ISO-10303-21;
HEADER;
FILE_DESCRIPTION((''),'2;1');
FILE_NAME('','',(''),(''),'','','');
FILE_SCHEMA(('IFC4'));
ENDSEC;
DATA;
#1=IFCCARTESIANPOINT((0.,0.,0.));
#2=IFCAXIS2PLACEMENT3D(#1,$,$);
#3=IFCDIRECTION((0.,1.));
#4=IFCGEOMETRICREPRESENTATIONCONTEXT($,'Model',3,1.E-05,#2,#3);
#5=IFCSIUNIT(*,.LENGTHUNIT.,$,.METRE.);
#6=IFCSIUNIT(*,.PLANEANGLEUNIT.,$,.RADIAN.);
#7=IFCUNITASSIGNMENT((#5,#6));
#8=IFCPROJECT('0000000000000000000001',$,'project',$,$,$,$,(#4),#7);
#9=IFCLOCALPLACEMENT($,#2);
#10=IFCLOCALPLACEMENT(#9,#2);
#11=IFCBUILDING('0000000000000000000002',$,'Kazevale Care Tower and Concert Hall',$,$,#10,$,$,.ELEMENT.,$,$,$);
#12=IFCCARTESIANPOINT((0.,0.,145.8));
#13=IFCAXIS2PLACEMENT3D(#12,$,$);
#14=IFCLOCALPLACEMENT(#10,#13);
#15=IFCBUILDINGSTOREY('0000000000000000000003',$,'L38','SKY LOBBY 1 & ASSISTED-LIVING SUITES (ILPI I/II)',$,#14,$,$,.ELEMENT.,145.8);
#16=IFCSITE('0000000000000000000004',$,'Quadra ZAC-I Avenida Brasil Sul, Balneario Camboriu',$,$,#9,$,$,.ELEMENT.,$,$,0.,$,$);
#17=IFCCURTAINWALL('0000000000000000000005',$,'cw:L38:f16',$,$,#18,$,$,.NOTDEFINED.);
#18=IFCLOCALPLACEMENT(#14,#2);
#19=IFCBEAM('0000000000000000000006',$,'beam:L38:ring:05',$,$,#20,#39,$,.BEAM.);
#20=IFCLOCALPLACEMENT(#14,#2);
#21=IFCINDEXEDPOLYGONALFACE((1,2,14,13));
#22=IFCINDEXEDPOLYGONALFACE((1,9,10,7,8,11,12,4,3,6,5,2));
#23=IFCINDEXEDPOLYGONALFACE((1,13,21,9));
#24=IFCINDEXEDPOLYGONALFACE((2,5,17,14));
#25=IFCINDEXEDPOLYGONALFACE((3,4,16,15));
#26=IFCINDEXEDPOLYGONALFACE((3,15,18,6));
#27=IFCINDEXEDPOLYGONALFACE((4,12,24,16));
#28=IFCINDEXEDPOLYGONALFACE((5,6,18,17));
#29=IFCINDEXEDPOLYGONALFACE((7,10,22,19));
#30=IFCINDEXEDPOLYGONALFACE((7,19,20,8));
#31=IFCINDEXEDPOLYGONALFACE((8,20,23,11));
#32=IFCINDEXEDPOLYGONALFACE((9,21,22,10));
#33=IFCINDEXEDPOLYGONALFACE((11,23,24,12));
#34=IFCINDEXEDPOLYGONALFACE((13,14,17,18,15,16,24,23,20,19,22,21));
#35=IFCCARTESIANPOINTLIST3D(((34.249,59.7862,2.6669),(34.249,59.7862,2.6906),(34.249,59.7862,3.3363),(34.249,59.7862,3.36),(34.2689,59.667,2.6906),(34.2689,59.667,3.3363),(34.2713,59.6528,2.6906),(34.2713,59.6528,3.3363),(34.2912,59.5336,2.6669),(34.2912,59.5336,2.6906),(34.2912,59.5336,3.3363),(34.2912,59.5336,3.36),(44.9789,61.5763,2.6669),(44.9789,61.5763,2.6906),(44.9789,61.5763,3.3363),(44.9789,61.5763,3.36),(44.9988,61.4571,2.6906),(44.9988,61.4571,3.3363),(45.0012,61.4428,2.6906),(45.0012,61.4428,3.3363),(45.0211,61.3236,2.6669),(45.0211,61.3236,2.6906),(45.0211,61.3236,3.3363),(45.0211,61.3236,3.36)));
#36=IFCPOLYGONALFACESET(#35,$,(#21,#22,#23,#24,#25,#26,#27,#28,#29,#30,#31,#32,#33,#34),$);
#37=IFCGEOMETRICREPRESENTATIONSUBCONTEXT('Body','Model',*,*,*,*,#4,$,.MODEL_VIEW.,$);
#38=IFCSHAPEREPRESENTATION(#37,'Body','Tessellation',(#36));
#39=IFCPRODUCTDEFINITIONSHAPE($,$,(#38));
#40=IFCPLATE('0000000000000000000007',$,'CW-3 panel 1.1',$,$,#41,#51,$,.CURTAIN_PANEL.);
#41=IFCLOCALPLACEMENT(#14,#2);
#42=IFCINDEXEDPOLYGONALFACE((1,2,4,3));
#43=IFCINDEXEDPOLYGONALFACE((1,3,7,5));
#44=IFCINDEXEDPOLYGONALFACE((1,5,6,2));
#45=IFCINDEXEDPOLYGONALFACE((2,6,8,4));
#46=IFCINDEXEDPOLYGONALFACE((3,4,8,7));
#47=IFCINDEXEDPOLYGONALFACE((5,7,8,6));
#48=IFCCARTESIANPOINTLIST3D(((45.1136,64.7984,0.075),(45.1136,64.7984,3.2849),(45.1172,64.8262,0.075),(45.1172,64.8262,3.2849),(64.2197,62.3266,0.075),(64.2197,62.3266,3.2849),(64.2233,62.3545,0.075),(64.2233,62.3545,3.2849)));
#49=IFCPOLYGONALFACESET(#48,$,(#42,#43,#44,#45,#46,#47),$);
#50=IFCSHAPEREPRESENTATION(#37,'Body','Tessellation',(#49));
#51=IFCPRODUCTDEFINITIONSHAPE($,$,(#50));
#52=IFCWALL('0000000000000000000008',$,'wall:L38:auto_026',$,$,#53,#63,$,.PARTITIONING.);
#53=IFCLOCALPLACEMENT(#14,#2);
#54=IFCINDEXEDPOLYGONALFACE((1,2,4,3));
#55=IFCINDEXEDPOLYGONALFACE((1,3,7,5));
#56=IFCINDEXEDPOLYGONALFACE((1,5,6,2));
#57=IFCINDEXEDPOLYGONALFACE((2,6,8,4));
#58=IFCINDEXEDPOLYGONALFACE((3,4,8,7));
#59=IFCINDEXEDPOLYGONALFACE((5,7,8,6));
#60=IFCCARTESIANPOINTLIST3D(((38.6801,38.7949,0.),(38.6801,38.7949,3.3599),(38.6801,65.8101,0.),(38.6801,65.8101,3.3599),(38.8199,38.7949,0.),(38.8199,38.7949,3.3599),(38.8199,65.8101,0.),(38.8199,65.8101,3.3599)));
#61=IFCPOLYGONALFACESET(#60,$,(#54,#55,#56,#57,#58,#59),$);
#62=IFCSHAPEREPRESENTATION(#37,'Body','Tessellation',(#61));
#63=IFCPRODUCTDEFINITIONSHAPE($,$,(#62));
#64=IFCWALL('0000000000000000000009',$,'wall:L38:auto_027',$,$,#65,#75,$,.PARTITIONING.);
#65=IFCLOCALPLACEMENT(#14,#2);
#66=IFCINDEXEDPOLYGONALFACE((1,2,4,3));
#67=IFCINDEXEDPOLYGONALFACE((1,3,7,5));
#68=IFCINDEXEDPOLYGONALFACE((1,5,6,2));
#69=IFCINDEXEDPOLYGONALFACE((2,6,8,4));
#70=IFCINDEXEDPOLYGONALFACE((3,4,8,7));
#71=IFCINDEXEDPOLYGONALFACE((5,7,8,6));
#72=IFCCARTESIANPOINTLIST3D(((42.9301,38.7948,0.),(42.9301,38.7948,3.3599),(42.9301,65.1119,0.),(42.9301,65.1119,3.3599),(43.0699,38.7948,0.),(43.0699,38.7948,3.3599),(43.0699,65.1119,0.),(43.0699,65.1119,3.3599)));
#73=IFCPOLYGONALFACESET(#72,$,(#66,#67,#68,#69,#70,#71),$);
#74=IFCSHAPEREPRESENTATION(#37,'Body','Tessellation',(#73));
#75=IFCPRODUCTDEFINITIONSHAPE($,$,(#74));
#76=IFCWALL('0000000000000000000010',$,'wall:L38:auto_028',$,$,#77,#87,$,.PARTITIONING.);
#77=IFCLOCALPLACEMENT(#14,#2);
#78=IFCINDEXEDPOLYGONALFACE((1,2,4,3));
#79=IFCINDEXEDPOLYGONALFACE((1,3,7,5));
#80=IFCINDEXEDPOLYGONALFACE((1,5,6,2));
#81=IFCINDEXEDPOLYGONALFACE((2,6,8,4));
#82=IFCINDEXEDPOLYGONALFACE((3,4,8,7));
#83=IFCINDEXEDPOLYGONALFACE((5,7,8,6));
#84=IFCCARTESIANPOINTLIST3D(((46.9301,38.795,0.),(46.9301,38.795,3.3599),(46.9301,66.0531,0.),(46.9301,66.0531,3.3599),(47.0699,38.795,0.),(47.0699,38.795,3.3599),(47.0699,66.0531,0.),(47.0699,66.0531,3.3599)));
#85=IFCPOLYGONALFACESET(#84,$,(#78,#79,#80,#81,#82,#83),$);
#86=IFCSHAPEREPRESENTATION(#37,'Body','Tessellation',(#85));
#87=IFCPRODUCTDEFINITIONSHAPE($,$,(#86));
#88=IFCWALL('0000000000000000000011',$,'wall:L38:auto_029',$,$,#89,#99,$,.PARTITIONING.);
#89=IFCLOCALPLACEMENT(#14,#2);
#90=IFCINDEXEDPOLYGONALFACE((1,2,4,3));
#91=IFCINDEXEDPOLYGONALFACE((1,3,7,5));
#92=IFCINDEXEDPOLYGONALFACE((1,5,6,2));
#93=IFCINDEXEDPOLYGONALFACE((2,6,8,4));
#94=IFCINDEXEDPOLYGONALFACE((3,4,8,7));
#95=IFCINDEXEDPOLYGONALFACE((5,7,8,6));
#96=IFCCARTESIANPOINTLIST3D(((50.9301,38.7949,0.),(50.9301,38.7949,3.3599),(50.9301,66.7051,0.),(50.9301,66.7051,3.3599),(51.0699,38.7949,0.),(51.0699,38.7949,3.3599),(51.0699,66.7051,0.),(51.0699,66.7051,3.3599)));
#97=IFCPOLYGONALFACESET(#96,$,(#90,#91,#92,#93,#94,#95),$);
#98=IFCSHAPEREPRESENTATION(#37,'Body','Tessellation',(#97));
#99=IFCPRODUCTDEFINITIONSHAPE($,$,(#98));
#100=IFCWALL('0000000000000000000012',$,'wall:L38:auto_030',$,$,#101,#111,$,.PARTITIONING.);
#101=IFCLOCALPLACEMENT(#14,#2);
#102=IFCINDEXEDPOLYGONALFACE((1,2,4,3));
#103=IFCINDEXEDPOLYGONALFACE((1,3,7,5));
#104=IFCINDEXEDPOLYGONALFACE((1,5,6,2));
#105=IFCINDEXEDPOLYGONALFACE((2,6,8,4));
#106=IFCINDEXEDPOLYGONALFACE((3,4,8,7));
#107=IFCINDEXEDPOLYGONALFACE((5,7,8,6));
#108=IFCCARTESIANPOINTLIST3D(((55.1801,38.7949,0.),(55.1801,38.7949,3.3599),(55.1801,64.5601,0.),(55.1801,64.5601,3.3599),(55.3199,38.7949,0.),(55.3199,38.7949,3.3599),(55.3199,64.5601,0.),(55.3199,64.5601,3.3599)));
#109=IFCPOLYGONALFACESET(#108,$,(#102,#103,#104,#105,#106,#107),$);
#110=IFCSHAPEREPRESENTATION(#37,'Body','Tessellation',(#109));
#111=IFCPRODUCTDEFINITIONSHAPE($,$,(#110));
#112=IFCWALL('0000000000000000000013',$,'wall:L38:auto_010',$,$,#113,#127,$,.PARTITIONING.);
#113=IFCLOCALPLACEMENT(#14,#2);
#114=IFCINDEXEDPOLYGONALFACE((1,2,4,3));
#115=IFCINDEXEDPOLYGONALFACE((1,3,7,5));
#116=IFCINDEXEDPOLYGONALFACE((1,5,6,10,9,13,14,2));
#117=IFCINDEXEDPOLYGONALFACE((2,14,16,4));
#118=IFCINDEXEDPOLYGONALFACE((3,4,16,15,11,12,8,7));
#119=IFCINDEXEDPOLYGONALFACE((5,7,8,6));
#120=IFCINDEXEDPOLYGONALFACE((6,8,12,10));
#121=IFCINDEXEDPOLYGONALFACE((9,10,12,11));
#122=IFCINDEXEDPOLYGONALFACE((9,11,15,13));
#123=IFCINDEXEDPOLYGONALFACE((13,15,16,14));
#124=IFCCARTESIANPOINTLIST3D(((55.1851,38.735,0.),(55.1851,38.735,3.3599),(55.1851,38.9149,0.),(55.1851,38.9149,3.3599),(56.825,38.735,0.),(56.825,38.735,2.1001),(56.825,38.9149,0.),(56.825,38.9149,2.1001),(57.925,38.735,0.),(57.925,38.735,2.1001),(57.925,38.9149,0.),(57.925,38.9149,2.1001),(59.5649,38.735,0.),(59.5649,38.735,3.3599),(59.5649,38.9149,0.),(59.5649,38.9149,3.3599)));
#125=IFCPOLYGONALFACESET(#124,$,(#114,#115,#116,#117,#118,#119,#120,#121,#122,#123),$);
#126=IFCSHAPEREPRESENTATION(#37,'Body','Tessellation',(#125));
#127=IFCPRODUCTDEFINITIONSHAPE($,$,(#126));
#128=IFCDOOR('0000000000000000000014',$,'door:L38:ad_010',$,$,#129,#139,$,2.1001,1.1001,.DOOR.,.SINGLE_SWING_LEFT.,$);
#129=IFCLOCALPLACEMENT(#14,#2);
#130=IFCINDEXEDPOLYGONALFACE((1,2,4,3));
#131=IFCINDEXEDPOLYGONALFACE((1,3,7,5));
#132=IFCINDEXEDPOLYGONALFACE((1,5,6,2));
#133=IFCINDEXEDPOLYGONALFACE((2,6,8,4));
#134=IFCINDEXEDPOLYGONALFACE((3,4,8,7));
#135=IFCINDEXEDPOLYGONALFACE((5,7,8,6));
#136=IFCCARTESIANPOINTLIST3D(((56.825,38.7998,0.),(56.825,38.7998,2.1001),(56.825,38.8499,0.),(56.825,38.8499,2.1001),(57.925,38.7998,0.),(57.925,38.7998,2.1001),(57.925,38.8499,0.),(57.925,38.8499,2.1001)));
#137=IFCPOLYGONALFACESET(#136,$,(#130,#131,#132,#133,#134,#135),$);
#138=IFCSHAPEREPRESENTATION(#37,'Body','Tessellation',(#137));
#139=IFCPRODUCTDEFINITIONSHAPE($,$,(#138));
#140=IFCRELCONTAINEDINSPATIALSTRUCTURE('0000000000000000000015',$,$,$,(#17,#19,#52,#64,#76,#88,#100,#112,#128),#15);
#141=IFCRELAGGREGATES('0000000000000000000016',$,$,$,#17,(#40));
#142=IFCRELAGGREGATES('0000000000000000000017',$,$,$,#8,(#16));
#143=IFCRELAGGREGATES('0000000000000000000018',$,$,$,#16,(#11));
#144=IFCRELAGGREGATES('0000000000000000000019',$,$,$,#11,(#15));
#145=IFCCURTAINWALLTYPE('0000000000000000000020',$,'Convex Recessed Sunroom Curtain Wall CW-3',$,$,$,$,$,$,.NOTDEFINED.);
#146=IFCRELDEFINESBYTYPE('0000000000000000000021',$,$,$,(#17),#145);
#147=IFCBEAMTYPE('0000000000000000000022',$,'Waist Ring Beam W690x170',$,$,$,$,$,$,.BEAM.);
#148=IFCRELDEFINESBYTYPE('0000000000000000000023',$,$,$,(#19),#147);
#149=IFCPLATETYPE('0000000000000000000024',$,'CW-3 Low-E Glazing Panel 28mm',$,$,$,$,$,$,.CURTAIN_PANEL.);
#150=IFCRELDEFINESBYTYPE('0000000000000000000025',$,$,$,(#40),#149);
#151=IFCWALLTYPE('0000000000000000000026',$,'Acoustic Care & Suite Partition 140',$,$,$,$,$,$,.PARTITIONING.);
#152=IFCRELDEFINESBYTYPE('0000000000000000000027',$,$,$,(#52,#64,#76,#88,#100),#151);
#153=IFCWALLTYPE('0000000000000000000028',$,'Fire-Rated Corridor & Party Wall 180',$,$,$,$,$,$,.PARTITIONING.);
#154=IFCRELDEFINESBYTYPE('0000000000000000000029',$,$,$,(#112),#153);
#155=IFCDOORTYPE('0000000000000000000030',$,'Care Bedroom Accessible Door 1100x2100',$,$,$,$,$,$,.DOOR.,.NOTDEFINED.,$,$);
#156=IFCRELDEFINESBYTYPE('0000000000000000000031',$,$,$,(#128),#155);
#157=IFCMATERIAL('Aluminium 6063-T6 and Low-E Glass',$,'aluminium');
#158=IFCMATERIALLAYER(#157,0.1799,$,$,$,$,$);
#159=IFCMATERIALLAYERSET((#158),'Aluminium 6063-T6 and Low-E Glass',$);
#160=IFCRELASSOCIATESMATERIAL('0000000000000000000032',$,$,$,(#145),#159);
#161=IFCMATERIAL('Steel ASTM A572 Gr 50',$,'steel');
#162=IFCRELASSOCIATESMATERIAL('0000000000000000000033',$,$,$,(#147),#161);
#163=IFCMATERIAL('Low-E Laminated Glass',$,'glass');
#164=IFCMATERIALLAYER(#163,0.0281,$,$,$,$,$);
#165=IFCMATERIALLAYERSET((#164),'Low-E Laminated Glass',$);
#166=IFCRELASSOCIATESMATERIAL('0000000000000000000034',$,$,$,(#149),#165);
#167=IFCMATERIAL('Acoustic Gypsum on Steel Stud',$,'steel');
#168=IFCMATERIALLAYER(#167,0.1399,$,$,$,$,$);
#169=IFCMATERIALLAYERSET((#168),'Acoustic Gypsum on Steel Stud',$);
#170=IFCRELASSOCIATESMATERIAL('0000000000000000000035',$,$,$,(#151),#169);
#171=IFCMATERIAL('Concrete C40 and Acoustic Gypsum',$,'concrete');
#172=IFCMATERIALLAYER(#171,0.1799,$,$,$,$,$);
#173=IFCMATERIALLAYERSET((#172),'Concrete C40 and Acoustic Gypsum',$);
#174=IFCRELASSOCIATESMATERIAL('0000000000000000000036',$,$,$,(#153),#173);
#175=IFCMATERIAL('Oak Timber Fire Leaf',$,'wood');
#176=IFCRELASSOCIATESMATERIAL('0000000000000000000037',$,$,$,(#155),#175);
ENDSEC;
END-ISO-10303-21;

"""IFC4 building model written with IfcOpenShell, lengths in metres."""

from ifc_helpers import new_model, si_unit, direction, frame, frame_2d, origin, origin_2d, place, context, subcontext, project, spatial, rectangle, i_section, extrude, material, layer, layer_set, material_profile, profile_set, type_object, element, fill, aggregate, save


model = new_model("IFC4")

# Units and contexts
model_context = context("Model", 3, precision=1e-05, world=origin(), true_north=direction((0.0, 1.0)))
body_context = subcontext(model_context, "Body", "Model", "MODEL_VIEW")
ifc_project = project(units=[si_unit("LENGTHUNIT", "METRE"), si_unit("PLANEANGLEUNIT", "RADIAN")], contexts=[model_context])

# Site, building, storey
site_placement = place(None, origin())
site = spatial("IfcSite", under=ifc_project, at=site_placement, Name="Quadra ZAC-I Avenida Brasil Sul, Balneario Camboriu", CompositionType="ELEMENT", RefElevation=0.0)
building_placement = place(site_placement, origin())
building = spatial("IfcBuilding", under=site, at=building_placement, Name="Kazevale Care Tower and Concert Hall", CompositionType="ELEMENT")
storey_placement = place(building_placement, frame((0.0, 0.0, 145.8)))
storey = spatial("IfcBuildingStorey", under=building, at=storey_placement, Name="L38", Description="SKY LOBBY 1 & ASSISTED-LIVING SUITES (ILPI I/II)", CompositionType="ELEMENT", Elevation=145.8)

# Curtain wall
ifc_material_1 = material(Name="Aluminium 6063-T6 and Low-E Glass", Category="aluminium")
ifc_layer_1 = layer(ifc_material_1, 0.1799)
ifc_layer_set_1 = layer_set([ifc_layer_1], Name="Aluminium 6063-T6 and Low-E Glass")
curtain_wall_type = type_object("IfcCurtainWallType", Name="Convex Recessed Sunroom Curtain Wall CW-3", PredefinedType="NOTDEFINED", material=ifc_layer_set_1)
curtain_wall_placement = place(storey_placement, origin())
curtain_wall = element("IfcCurtainWall", 1, at=curtain_wall_placement, inside=storey, type_object=curtain_wall_type, Name="cw:L38:f16", PredefinedType="NOTDEFINED")

# Beam
ifc_material_2 = material(Name="Steel ASTM A572 Gr 50", Category="steel")
ifc_material_profile_1 = material_profile(ifc_material_2, i_section(OverallWidth=0.2561, OverallDepth=0.6931, WebThickness=0.0144, FlangeThickness=0.0237, at=origin_2d()), Name="W690x170")
ifc_profile_set_1 = profile_set([ifc_material_profile_1], Name="Steel ASTM A572 Gr 50")
beam_type_1 = type_object("IfcBeamType", Name="Waist Ring Beam W690x170", PredefinedType="BEAM", material=ifc_profile_set_1)
beam_1_placement = place(storey_placement, frame((45.0, 61.45, 3.0134), z_axis=(-0.986368, -0.164552, 0.0), x_axis=(0.164552, -0.986368, 0.0)))
element("IfcBeam", 2, at=beam_1_placement, inside=storey, type_object=beam_type_1, Name="beam:L38:ring:05", PredefinedType="BEAM", context=body_context, shape_type="SweptSolid", body=[
    extrude(i_section(OverallWidth=0.2561, OverallDepth=0.6931, WebThickness=0.0144, FlangeThickness=0.0237, at=origin_2d()), origin(), (0.0, 0.0, 1.0), 10.8782),
])

# Plate
ifc_material_3 = material(Name="Low-E Laminated Glass", Category="glass")
ifc_layer_2 = layer(ifc_material_3, 0.0281)
ifc_layer_set_2 = layer_set([ifc_layer_2], Name="Low-E Laminated Glass")
plate_type = type_object("IfcPlateType", Name="CW-3 Low-E Glazing Panel 28mm", PredefinedType="CURTAIN_PANEL", material=ifc_layer_set_2)
plate_placement = place(storey_placement, frame((54.6685, 63.5764, 0.075), z_axis=(0.0, 0.0, 1.0), x_axis=(0.991735, -0.1283, 0.0)))
plate = element("IfcPlate", 3, at=plate_placement, type_object=plate_type, Name="CW-3 panel 1.1", PredefinedType="CURTAIN_PANEL", context=body_context, shape_type="SweptSolid", body=[
    extrude(rectangle(XDim=19.2654, YDim=0.0281, at=origin_2d()), origin(), (0.0, 0.0, 1.0), 3.21),
])
aggregate(curtain_wall, [plate])

# Walls
ifc_material_4 = material(Name="Acoustic Gypsum on Steel Stud", Category="steel")
ifc_layer_3 = layer(ifc_material_4, 0.1399)
ifc_layer_set_3 = layer_set([ifc_layer_3], Name="Acoustic Gypsum on Steel Stud")
wall_type_1 = type_object("IfcWallType", Name="Acoustic Care & Suite Partition 140", PredefinedType="PARTITIONING", material=ifc_layer_set_3)
wall_1_placement = place(storey_placement, frame((38.75, 65.8101, 0.0), z_axis=(0.0, 0.0, 1.0), x_axis=(0.0, -1.0, 0.0)))
element("IfcWall", 4, at=wall_1_placement, inside=storey, type_object=wall_type_1, Name="wall:L38:auto_026", PredefinedType="PARTITIONING", context=body_context, shape_type="SweptSolid", body=[
    extrude(rectangle(XDim=27.0151, YDim=0.1399, at=frame_2d((13.5076, 0.0))), origin(), (0.0, 0.0, 1.0), 3.3599),
])
wall_2_placement = place(storey_placement, frame((43.0, 65.1121, 0.0), z_axis=(0.0, 0.0, 1.0), x_axis=(0.0, -1.0, 0.0)))
element("IfcWall", 5, at=wall_2_placement, inside=storey, type_object=wall_type_1, Name="wall:L38:auto_027", PredefinedType="PARTITIONING", context=body_context, shape_type="SweptSolid", body=[
    extrude(rectangle(XDim=26.3171, YDim=0.1399, at=frame_2d((13.1587, 0.0))), origin(), (0.0, 0.0, 1.0), 3.3599),
])
wall_3_placement = place(storey_placement, frame((47.0, 66.053, 0.0), z_axis=(0.0, 0.0, 1.0), x_axis=(0.0, -1.0, 0.0)))
element("IfcWall", 6, at=wall_3_placement, inside=storey, type_object=wall_type_1, Name="wall:L38:auto_028", PredefinedType="PARTITIONING", context=body_context, shape_type="SweptSolid", body=[
    extrude(rectangle(XDim=27.2581, YDim=0.1399, at=frame_2d((13.6289, 0.0))), origin(), (0.0, 0.0, 1.0), 3.3599),
])
wall_4_placement = place(storey_placement, frame((51.0, 66.7051, 0.0), z_axis=(0.0, 0.0, 1.0), x_axis=(0.0, -1.0, 0.0)))
element("IfcWall", 7, at=wall_4_placement, inside=storey, type_object=wall_type_1, Name="wall:L38:auto_029", PredefinedType="PARTITIONING", context=body_context, shape_type="SweptSolid", body=[
    extrude(rectangle(XDim=27.9102, YDim=0.1399, at=frame_2d((13.9551, 0.0))), origin(), (0.0, 0.0, 1.0), 3.3599),
])
wall_5_placement = place(storey_placement, frame((55.25, 64.5601, 0.0), z_axis=(0.0, 0.0, 1.0), x_axis=(0.0, -1.0, 0.0)))
element("IfcWall", 8, at=wall_5_placement, inside=storey, type_object=wall_type_1, Name="wall:L38:auto_030", PredefinedType="PARTITIONING", context=body_context, shape_type="SweptSolid", body=[
    extrude(rectangle(XDim=25.7651, YDim=0.1399, at=frame_2d((12.8826, 0.0))), origin(), (0.0, 0.0, 1.0), 3.3599),
])

# Wall, opening, door
ifc_material_5 = material(Name="Concrete C40 and Acoustic Gypsum", Category="concrete")
ifc_layer_4 = layer(ifc_material_5, 0.1799)
ifc_layer_set_4 = layer_set([ifc_layer_4], Name="Concrete C40 and Acoustic Gypsum")
wall_type_2 = type_object("IfcWallType", Name="Fire-Rated Corridor & Party Wall 180", PredefinedType="PARTITIONING", material=ifc_layer_set_4)
wall_6_placement = place(storey_placement, frame((55.1851, 38.825, 0.0), z_axis=(0.0, 0.0, 1.0), x_axis=(1.0, 0.0, 0.0)))
wall_6 = element("IfcWall", 9, at=wall_6_placement, inside=storey, type_object=wall_type_2, Name="wall:L38:auto_010", PredefinedType="PARTITIONING", context=body_context, shape_type="SweptSolid", body=[
    extrude(rectangle(XDim=4.3799, YDim=0.1799, at=frame_2d((2.1899, 0.0))), origin(), (0.0, 0.0, 1.0), 3.3599),
])
opening_placement = place(wall_6_placement, frame((1.6399, 0.0, 0.0)))
opening = element("IfcOpeningElement", 10, at=opening_placement, cuts=wall_6, PredefinedType="OPENING", context=body_context, shape_type="SweptSolid", body=[
    extrude(rectangle(XDim=1.1001, YDim=2.1001, at=frame_2d((0.55, 1.05))), frame((0.0, 0.0999, 0.0), z_axis=(0.0, -1.0, 0.0), x_axis=(1.0, 0.0, 0.0)), (0.0, 0.0, 1.0), 0.2),
])
ifc_material_6 = material(Name="Oak Timber Fire Leaf", Category="wood")
door_type = type_object("IfcDoorType", Name="Care Bedroom Accessible Door 1100x2100", OperationType="NOTDEFINED", PredefinedType="DOOR", material=ifc_material_6)
door_placement = place(opening_placement, origin())
door = element("IfcDoor", 11, at=door_placement, inside=storey, type_object=door_type, Name="door:L38:ad_010", OperationType="SINGLE_SWING_LEFT", OverallHeight=2.1001, OverallWidth=1.1001, PredefinedType="DOOR", context=body_context, shape_type="SweptSolid", body=[
    extrude(rectangle(XDim=1.1001, YDim=2.1001, at=frame_2d((0.55, 1.05))), frame((0.0, 0.0249, 0.0), z_axis=(0.0, -1.0, 0.0), x_axis=(1.0, 0.0, 0.0)), (0.0, 0.0, 1.0), 0.05),
])
fill(opening, door)

save(model, "model.ifc")
